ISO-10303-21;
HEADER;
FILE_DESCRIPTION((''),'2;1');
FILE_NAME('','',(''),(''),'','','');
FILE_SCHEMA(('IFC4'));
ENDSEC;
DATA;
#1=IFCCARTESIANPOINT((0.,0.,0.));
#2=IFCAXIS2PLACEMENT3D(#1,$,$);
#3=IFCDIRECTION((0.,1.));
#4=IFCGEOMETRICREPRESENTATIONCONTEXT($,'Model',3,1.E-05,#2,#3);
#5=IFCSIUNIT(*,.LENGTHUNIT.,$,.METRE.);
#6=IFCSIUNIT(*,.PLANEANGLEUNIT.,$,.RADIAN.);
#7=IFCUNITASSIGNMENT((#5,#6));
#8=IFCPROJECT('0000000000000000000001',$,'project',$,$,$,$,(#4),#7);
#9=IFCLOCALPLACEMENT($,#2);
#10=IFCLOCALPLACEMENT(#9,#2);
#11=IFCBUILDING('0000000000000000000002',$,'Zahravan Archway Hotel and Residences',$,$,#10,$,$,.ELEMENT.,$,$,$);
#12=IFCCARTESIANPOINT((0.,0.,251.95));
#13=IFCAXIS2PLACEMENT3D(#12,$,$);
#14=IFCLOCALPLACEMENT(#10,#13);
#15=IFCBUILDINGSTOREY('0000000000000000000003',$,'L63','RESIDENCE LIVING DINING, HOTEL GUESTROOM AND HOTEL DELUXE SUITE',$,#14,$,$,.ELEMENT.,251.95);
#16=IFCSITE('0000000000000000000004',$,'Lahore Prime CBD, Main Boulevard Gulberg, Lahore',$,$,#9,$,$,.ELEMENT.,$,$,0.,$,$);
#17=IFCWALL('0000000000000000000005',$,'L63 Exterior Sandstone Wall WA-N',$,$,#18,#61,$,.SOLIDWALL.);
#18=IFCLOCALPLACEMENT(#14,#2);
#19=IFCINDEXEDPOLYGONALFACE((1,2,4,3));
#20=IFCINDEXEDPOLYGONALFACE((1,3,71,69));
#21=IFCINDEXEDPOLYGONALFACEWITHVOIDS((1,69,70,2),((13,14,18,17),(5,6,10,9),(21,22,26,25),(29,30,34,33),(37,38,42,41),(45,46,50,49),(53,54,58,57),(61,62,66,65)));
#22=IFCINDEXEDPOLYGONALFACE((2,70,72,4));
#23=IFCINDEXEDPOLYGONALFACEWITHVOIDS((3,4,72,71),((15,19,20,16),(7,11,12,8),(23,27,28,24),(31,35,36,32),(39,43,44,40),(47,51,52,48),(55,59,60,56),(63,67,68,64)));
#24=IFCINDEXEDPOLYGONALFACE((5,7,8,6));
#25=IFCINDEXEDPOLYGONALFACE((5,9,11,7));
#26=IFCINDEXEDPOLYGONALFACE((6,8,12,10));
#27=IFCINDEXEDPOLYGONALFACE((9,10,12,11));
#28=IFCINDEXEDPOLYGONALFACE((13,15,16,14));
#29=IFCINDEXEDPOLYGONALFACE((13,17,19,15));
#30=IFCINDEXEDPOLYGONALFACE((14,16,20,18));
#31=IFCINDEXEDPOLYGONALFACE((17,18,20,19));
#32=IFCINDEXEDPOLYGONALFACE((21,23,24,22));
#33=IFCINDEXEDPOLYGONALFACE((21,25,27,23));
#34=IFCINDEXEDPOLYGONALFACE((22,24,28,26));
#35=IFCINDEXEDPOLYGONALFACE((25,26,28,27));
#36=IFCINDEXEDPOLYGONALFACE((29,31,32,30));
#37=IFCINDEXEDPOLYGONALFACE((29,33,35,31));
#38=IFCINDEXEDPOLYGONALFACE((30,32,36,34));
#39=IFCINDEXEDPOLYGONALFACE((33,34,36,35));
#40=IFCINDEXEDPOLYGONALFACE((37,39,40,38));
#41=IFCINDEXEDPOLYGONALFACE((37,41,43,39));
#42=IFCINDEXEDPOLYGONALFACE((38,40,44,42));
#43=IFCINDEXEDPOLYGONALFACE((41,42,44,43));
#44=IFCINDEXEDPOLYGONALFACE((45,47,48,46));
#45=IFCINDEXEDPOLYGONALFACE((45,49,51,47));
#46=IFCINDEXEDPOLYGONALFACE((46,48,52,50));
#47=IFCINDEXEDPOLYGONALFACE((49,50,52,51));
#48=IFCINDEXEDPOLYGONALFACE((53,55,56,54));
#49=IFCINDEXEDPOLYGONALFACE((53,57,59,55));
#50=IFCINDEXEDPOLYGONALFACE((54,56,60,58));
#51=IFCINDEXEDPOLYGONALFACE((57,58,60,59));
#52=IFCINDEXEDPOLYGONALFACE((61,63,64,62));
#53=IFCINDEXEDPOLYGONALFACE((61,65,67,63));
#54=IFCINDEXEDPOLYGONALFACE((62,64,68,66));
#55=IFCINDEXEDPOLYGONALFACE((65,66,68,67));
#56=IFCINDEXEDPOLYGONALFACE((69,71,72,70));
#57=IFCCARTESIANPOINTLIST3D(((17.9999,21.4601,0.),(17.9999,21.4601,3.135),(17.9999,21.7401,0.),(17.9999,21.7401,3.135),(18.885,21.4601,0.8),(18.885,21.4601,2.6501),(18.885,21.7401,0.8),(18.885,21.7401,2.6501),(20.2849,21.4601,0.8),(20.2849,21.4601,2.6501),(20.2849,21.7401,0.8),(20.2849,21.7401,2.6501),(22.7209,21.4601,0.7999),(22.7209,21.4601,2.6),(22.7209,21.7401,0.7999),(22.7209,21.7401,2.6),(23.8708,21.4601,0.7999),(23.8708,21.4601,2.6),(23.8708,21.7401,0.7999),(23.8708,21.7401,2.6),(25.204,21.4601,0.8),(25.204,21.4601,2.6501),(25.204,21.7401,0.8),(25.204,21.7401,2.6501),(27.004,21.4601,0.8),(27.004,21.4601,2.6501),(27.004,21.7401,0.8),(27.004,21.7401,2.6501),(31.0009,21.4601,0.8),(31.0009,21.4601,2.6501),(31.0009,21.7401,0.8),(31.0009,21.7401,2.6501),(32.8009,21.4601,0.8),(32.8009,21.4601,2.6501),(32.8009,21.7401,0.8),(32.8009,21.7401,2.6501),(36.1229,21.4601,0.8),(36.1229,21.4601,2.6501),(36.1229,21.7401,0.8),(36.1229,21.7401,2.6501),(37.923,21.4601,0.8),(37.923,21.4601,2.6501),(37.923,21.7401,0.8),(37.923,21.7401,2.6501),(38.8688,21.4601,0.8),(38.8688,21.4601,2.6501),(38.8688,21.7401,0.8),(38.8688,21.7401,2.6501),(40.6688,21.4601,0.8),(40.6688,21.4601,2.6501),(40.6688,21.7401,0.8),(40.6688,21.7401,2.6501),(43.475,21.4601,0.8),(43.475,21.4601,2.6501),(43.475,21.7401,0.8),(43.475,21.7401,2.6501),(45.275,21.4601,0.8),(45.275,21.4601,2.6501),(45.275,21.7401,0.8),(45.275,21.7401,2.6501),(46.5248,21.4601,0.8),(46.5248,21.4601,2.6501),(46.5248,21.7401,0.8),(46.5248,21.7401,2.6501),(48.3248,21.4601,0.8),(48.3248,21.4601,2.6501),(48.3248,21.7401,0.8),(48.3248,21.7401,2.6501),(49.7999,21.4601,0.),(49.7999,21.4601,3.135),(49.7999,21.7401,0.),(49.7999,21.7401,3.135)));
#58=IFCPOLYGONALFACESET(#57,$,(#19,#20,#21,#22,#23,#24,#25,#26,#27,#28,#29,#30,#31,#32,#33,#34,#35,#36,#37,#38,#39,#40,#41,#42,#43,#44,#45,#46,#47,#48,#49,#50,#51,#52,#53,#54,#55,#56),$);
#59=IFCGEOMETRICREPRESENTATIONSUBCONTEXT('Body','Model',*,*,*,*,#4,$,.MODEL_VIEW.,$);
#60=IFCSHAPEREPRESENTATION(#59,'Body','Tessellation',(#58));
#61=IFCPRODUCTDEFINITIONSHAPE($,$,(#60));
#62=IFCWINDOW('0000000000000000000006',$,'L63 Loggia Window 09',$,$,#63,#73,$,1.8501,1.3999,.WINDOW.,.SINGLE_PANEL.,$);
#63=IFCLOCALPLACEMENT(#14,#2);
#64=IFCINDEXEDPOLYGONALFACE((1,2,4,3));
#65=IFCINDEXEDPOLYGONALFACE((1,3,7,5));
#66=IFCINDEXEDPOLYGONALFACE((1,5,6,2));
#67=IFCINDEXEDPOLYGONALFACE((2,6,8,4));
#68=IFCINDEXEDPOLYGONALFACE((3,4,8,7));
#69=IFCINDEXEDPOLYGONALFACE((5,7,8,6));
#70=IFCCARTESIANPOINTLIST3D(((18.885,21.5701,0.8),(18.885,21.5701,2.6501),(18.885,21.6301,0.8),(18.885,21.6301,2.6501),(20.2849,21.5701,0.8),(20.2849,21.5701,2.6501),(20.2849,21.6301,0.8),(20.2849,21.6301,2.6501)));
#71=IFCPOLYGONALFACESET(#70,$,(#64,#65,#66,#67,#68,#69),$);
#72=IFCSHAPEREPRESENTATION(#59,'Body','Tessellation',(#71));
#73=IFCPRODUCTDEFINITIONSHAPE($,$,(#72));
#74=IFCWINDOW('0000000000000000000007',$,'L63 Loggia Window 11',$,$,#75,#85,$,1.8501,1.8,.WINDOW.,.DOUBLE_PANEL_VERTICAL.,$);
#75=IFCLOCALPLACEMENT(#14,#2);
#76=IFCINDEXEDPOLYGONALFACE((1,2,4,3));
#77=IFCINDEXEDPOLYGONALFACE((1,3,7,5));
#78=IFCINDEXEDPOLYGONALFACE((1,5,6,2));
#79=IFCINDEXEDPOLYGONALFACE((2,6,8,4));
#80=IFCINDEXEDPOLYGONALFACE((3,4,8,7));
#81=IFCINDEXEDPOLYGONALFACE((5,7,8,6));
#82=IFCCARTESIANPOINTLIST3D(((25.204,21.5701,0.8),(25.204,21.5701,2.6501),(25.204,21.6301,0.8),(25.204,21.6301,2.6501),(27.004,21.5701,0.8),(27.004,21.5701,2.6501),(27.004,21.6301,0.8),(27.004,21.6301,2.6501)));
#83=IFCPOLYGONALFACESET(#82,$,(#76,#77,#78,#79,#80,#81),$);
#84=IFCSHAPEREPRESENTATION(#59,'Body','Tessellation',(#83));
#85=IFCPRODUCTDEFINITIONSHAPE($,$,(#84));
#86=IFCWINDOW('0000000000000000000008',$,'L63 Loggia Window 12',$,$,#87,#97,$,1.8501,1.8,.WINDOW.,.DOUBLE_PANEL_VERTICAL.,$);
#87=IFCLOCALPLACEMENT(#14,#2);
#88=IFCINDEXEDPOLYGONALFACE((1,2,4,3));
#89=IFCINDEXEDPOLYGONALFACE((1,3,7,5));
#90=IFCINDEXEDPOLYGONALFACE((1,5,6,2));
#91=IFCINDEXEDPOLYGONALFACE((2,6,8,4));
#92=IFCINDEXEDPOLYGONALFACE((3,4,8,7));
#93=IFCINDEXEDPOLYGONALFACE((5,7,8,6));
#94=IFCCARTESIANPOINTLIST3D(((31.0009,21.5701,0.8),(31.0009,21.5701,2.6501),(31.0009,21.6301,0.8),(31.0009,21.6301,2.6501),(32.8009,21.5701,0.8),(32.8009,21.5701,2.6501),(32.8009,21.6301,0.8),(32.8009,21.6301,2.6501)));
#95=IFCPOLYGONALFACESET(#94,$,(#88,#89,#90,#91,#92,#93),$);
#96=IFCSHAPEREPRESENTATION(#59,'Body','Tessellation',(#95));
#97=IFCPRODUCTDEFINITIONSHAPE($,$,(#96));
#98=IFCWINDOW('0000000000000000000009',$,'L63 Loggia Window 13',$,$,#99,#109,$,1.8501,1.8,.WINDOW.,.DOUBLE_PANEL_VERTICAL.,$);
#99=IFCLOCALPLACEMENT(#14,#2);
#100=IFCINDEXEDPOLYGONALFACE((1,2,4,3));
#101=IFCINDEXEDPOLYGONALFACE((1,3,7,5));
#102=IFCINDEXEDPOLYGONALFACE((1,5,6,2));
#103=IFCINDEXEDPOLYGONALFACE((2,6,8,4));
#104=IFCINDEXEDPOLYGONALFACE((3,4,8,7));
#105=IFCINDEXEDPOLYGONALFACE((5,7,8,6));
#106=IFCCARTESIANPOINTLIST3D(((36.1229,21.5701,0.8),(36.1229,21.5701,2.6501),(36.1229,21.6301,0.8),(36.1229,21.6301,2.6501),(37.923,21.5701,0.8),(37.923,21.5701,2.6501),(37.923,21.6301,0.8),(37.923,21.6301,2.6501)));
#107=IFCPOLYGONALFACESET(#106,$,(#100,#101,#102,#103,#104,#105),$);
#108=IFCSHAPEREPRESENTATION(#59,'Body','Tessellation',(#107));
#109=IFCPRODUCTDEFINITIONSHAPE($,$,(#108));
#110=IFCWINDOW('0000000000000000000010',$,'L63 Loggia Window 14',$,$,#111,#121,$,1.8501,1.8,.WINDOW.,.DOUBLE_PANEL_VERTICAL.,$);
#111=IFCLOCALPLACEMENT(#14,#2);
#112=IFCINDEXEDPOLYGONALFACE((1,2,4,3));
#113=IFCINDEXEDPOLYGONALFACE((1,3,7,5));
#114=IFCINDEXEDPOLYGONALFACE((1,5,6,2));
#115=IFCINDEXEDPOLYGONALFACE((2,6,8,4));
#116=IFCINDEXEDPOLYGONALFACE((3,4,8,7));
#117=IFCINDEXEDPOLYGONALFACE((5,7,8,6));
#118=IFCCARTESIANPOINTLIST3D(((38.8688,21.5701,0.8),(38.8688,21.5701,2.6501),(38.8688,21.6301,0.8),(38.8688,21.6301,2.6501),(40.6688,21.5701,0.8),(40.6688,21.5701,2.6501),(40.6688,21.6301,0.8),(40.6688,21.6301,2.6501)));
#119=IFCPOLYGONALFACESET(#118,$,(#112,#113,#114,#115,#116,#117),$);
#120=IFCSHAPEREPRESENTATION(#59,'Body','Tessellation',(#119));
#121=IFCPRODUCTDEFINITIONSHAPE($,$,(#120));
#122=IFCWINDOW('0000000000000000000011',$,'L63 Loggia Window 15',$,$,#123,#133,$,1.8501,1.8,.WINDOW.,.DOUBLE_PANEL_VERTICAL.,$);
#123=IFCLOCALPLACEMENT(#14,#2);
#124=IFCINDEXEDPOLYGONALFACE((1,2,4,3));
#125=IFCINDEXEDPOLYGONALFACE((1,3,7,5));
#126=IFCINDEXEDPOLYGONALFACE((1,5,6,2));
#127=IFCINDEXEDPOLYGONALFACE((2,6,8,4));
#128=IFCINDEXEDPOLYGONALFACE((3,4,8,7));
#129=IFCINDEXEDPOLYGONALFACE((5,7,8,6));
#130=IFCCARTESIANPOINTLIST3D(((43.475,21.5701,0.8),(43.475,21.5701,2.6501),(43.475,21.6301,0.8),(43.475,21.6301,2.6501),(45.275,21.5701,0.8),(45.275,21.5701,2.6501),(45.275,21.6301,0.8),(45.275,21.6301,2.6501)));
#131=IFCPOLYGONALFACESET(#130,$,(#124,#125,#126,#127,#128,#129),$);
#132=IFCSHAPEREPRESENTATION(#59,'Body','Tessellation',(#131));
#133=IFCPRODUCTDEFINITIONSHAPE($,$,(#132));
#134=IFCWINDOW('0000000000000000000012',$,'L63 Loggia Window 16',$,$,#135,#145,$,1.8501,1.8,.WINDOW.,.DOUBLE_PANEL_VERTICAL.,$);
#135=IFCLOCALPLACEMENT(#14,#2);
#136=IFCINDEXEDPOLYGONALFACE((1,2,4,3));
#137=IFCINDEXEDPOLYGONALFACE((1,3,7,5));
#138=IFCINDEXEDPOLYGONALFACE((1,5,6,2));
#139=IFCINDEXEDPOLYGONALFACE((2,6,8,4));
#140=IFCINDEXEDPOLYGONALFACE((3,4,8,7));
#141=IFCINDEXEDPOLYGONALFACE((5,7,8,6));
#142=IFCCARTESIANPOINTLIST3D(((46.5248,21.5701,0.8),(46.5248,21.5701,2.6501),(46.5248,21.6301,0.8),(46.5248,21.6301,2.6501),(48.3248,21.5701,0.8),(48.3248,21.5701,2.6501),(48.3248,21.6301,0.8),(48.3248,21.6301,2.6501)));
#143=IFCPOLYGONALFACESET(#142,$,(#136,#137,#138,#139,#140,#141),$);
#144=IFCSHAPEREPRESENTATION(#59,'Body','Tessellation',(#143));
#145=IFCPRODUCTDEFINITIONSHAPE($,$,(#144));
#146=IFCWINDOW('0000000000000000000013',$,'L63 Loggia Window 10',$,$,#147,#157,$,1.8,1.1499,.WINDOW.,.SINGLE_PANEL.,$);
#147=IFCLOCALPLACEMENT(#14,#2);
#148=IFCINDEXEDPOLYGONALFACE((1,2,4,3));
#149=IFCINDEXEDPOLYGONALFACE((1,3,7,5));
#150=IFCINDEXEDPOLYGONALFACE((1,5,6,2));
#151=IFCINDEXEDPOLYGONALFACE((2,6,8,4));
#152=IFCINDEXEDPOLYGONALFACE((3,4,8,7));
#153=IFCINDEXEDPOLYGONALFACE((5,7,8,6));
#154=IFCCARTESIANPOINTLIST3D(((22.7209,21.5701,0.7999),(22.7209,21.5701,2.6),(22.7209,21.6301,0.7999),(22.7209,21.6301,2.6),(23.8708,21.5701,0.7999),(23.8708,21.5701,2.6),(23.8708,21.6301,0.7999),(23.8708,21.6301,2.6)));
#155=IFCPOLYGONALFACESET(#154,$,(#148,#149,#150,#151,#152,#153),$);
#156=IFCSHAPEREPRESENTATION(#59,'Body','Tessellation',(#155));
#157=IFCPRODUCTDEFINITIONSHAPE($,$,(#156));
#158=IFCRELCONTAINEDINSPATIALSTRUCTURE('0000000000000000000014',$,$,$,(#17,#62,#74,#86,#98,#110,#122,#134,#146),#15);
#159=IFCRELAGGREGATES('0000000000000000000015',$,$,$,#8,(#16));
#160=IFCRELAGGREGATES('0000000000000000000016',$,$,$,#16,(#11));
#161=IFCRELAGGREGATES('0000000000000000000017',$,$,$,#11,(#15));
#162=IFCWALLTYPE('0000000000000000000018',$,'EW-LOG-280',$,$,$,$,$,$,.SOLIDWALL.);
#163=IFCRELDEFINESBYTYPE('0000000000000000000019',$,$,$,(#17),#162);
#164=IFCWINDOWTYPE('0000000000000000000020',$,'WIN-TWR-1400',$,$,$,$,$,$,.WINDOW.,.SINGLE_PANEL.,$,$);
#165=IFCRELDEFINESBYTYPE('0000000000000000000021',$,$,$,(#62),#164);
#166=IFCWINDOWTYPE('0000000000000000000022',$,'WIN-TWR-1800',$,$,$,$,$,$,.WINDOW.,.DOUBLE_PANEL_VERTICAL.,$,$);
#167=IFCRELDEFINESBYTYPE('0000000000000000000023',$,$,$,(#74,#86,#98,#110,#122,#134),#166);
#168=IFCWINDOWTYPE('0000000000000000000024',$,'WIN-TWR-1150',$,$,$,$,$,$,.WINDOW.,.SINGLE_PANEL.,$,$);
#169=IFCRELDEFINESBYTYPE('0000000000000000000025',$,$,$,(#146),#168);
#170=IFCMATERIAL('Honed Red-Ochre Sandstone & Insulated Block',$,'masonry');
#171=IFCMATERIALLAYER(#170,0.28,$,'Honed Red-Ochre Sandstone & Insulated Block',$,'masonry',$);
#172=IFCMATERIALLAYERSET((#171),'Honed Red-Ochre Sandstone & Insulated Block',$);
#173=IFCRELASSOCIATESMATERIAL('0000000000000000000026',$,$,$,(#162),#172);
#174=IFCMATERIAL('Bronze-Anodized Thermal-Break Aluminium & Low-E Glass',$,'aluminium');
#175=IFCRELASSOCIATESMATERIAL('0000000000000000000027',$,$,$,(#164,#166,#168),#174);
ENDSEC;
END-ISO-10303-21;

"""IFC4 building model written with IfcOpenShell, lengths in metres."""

from ifc_helpers import new_model, si_unit, direction, frame, frame_2d, origin, place, context, subcontext, project, spatial, rectangle, extrude, source, transform, mapped, material, layer, layer_set, type_object, type_shapes, element, fill, save


model = new_model("IFC4")

# Units and contexts
model_context = context("Model", 3, precision=1e-05, world=origin(), true_north=direction((0.0, 1.0)))
body_context = subcontext(model_context, "Body", "Model", "MODEL_VIEW")
ifc_project = project(units=[si_unit("LENGTHUNIT", "METRE"), si_unit("PLANEANGLEUNIT", "RADIAN")], contexts=[model_context])

# Site, building, storey
site_placement = place(None, origin())
site = spatial("IfcSite", under=ifc_project, at=site_placement, Name="Lahore Prime CBD, Main Boulevard Gulberg, Lahore", CompositionType="ELEMENT", RefElevation=0.0)
building_placement = place(site_placement, origin())
building = spatial("IfcBuilding", under=site, at=building_placement, Name="Zahravan Archway Hotel and Residences", CompositionType="ELEMENT")
storey_placement = place(building_placement, frame((0.0, 0.0, 251.95)))
storey = spatial("IfcBuildingStorey", under=building, at=storey_placement, Name="L63", Description="RESIDENCE LIVING DINING, HOTEL GUESTROOM AND HOTEL DELUXE SUITE", CompositionType="ELEMENT", Elevation=251.95)

# Wall, openings, windows
ifc_material_1 = material(Name="Honed Red-Ochre Sandstone & Insulated Block", Category="masonry")
ifc_layer_1 = layer(ifc_material_1, 0.28, Name="Honed Red-Ochre Sandstone & Insulated Block", Category="masonry")
ifc_layer_set_1 = layer_set([ifc_layer_1], Name="Honed Red-Ochre Sandstone & Insulated Block")
wall_type_1 = type_object("IfcWallType", Name="EW-LOG-280", PredefinedType="SOLIDWALL", material=ifc_layer_set_1)
wall_1_placement = place(storey_placement, frame((18.0, 21.6001, 0.0), z_axis=(0.0, 0.0, 1.0), x_axis=(1.0, 0.0, 0.0)))
wall_1 = element("IfcWall", 1, at=wall_1_placement, inside=storey, type_object=wall_type_1, Name="L63 Exterior Sandstone Wall WA-N", PredefinedType="SOLIDWALL", context=body_context, shape_type="SweptSolid", body=[
    extrude(rectangle(XDim=31.8, YDim=0.28, at=frame_2d((15.8999, 0.0))), origin(), (0.0, 0.0, 1.0), 3.135),
])
opening_1_placement = place(wall_1_placement, frame((0.885, 0.0, 0.8)))
opening_1 = element("IfcOpeningElement", 2, at=opening_1_placement, cuts=wall_1, PredefinedType="OPENING", context=body_context, shape_type="SweptSolid", body=[
    extrude(rectangle(XDim=1.3999, YDim=1.8501, at=frame_2d((0.7, 0.925))), frame((0.0, 0.1499, 0.0), z_axis=(0.0, -1.0, 0.0), x_axis=(1.0, 0.0, 0.0)), (0.0, 0.0, 1.0), 0.3),
])
opening_2_placement = place(wall_1_placement, frame((4.7209, 0.0, 0.8)))
opening_2 = element("IfcOpeningElement", 3, at=opening_2_placement, cuts=wall_1, PredefinedType="OPENING", context=body_context, shape_type="SweptSolid", body=[
    extrude(rectangle(XDim=1.1499, YDim=1.8, at=frame_2d((0.575, 0.8999))), frame((0.0, 0.1499, 0.0), z_axis=(0.0, -1.0, 0.0), x_axis=(1.0, 0.0, 0.0)), (0.0, 0.0, 1.0), 0.3),
])
opening_3_placement = place(wall_1_placement, frame((7.2041, 0.0, 0.8)))
opening_3 = element("IfcOpeningElement", 4, at=opening_3_placement, cuts=wall_1, PredefinedType="OPENING", context=body_context, shape_type="SweptSolid", body=[
    extrude(rectangle(XDim=1.8, YDim=1.8501, at=frame_2d((0.8999, 0.925))), frame((0.0, 0.1499, 0.0), z_axis=(0.0, -1.0, 0.0), x_axis=(1.0, 0.0, 0.0)), (0.0, 0.0, 1.0), 0.3),
])
opening_4_placement = place(wall_1_placement, frame((13.001, 0.0, 0.8)))
opening_4 = element("IfcOpeningElement", 5, at=opening_4_placement, cuts=wall_1, PredefinedType="OPENING", context=body_context, shape_type="SweptSolid", body=[
    extrude(rectangle(XDim=1.8, YDim=1.8501, at=frame_2d((0.8999, 0.925))), frame((0.0, 0.1499, 0.0), z_axis=(0.0, -1.0, 0.0), x_axis=(1.0, 0.0, 0.0)), (0.0, 0.0, 1.0), 0.3),
])
opening_5_placement = place(wall_1_placement, frame((18.123, 0.0, 0.8)))
opening_5 = element("IfcOpeningElement", 6, at=opening_5_placement, cuts=wall_1, PredefinedType="OPENING", context=body_context, shape_type="SweptSolid", body=[
    extrude(rectangle(XDim=1.8, YDim=1.8501, at=frame_2d((0.8999, 0.925))), frame((0.0, 0.1499, 0.0), z_axis=(0.0, -1.0, 0.0), x_axis=(1.0, 0.0, 0.0)), (0.0, 0.0, 1.0), 0.3),
])
opening_6_placement = place(wall_1_placement, frame((20.8689, 0.0, 0.8)))
opening_6 = element("IfcOpeningElement", 7, at=opening_6_placement, cuts=wall_1, PredefinedType="OPENING", context=body_context, shape_type="SweptSolid", body=[
    extrude(rectangle(XDim=1.8, YDim=1.8501, at=frame_2d((0.8999, 0.925))), frame((0.0, 0.1499, 0.0), z_axis=(0.0, -1.0, 0.0), x_axis=(1.0, 0.0, 0.0)), (0.0, 0.0, 1.0), 0.3),
])
opening_7_placement = place(wall_1_placement, frame((25.4751, 0.0, 0.8)))
opening_7 = element("IfcOpeningElement", 8, at=opening_7_placement, cuts=wall_1, PredefinedType="OPENING", context=body_context, shape_type="SweptSolid", body=[
    extrude(rectangle(XDim=1.8, YDim=1.8501, at=frame_2d((0.8999, 0.925))), frame((0.0, 0.1499, 0.0), z_axis=(0.0, -1.0, 0.0), x_axis=(1.0, 0.0, 0.0)), (0.0, 0.0, 1.0), 0.3),
])
opening_8_placement = place(wall_1_placement, frame((28.5249, 0.0, 0.8)))
opening_8 = element("IfcOpeningElement", 9, at=opening_8_placement, cuts=wall_1, PredefinedType="OPENING", context=body_context, shape_type="SweptSolid", body=[
    extrude(rectangle(XDim=1.8, YDim=1.8501, at=frame_2d((0.8999, 0.925))), frame((0.0, 0.1499, 0.0), z_axis=(0.0, -1.0, 0.0), x_axis=(1.0, 0.0, 0.0)), (0.0, 0.0, 1.0), 0.3),
])
ifc_material_2 = material(Name="Bronze-Anodized Thermal-Break Aluminium & Low-E Glass", Category="aluminium")
window_type_1 = type_object("IfcWindowType", Name="WIN-TWR-1400", PartitioningType="SINGLE_PANEL", PredefinedType="WINDOW", material=ifc_material_2)
shared_shape_1 = source(origin(), body_context, "Body", "SweptSolid", [
    extrude(rectangle(XDim=1.3999, YDim=1.8501, at=frame_2d((0.7, 0.925))), frame((0.0, 0.03, 0.0), z_axis=(0.0, -1.0, 0.0), x_axis=(1.0, 0.0, 0.0)), (0.0, 0.0, 1.0), 0.0601),
])
type_shapes(window_type_1, [shared_shape_1])
window_1_placement = place(opening_1_placement, origin())
window_1 = element("IfcWindow", 10, at=window_1_placement, inside=storey, type_object=window_type_1, Name="L63 Loggia Window 09", OverallHeight=1.8501, OverallWidth=1.3999, PartitioningType="SINGLE_PANEL", PredefinedType="WINDOW", context=body_context, shape_type="MappedRepresentation", body=[
    mapped(shared_shape_1, transform((0.0, 0.0, 0.0), scale=1.0)),
])
fill(opening_1, window_1)
window_type_2 = type_object("IfcWindowType", Name="WIN-TWR-1800", PartitioningType="DOUBLE_PANEL_VERTICAL", PredefinedType="WINDOW", material=ifc_material_2)
shared_shape_2 = source(origin(), body_context, "Body", "SweptSolid", [
    extrude(rectangle(XDim=1.8, YDim=1.8501, at=frame_2d((0.8999, 0.925))), frame((0.0, 0.03, 0.0), z_axis=(0.0, -1.0, 0.0), x_axis=(1.0, 0.0, 0.0)), (0.0, 0.0, 1.0), 0.0601),
])
type_shapes(window_type_2, [shared_shape_2])
window_2_placement = place(opening_3_placement, origin())
window_2 = element("IfcWindow", 11, at=window_2_placement, inside=storey, type_object=window_type_2, Name="L63 Loggia Window 11", OverallHeight=1.8501, OverallWidth=1.8, PartitioningType="DOUBLE_PANEL_VERTICAL", PredefinedType="WINDOW", context=body_context, shape_type="MappedRepresentation", body=[
    mapped(shared_shape_2, transform((0.0, 0.0, 0.0), scale=1.0)),
])
fill(opening_3, window_2)
window_3_placement = place(opening_4_placement, origin())
window_3 = element("IfcWindow", 12, at=window_3_placement, inside=storey, type_object=window_type_2, Name="L63 Loggia Window 12", OverallHeight=1.8501, OverallWidth=1.8, PartitioningType="DOUBLE_PANEL_VERTICAL", PredefinedType="WINDOW", context=body_context, shape_type="MappedRepresentation", body=[
    mapped(shared_shape_2, transform((0.0, 0.0, 0.0), scale=1.0)),
])
fill(opening_4, window_3)
window_4_placement = place(opening_5_placement, origin())
window_4 = element("IfcWindow", 13, at=window_4_placement, inside=storey, type_object=window_type_2, Name="L63 Loggia Window 13", OverallHeight=1.8501, OverallWidth=1.8, PartitioningType="DOUBLE_PANEL_VERTICAL", PredefinedType="WINDOW", context=body_context, shape_type="MappedRepresentation", body=[
    mapped(shared_shape_2, transform((0.0, 0.0, 0.0), scale=1.0)),
])
fill(opening_5, window_4)
window_5_placement = place(opening_6_placement, origin())
window_5 = element("IfcWindow", 14, at=window_5_placement, inside=storey, type_object=window_type_2, Name="L63 Loggia Window 14", OverallHeight=1.8501, OverallWidth=1.8, PartitioningType="DOUBLE_PANEL_VERTICAL", PredefinedType="WINDOW", context=body_context, shape_type="MappedRepresentation", body=[
    mapped(shared_shape_2, transform((0.0, 0.0, 0.0), scale=1.0)),
])
fill(opening_6, window_5)
window_6_placement = place(opening_7_placement, origin())
window_6 = element("IfcWindow", 15, at=window_6_placement, inside=storey, type_object=window_type_2, Name="L63 Loggia Window 15", OverallHeight=1.8501, OverallWidth=1.8, PartitioningType="DOUBLE_PANEL_VERTICAL", PredefinedType="WINDOW", context=body_context, shape_type="MappedRepresentation", body=[
    mapped(shared_shape_2, transform((0.0, 0.0, 0.0), scale=1.0)),
])
fill(opening_7, window_6)
window_7_placement = place(opening_8_placement, origin())
window_7 = element("IfcWindow", 16, at=window_7_placement, inside=storey, type_object=window_type_2, Name="L63 Loggia Window 16", OverallHeight=1.8501, OverallWidth=1.8, PartitioningType="DOUBLE_PANEL_VERTICAL", PredefinedType="WINDOW", context=body_context, shape_type="MappedRepresentation", body=[
    mapped(shared_shape_2, transform((0.0, 0.0, 0.0), scale=1.0)),
])
fill(opening_8, window_7)
window_type_3 = type_object("IfcWindowType", Name="WIN-TWR-1150", PartitioningType="SINGLE_PANEL", PredefinedType="WINDOW", material=ifc_material_2)
shared_shape_3 = source(origin(), body_context, "Body", "SweptSolid", [
    extrude(rectangle(XDim=1.1499, YDim=1.8, at=frame_2d((0.575, 0.8999))), frame((0.0, 0.03, 0.0), z_axis=(0.0, -1.0, 0.0), x_axis=(1.0, 0.0, 0.0)), (0.0, 0.0, 1.0), 0.0601),
])
type_shapes(window_type_3, [shared_shape_3])
window_8_placement = place(opening_2_placement, origin())
window_8 = element("IfcWindow", 17, at=window_8_placement, inside=storey, type_object=window_type_3, Name="L63 Loggia Window 10", OverallHeight=1.8, OverallWidth=1.1499, PartitioningType="SINGLE_PANEL", PredefinedType="WINDOW", context=body_context, shape_type="MappedRepresentation", body=[
    mapped(shared_shape_3, transform((0.0, 0.0, 0.0), scale=1.0)),
])
fill(opening_2, window_8)

save(model, "model.ifc")
